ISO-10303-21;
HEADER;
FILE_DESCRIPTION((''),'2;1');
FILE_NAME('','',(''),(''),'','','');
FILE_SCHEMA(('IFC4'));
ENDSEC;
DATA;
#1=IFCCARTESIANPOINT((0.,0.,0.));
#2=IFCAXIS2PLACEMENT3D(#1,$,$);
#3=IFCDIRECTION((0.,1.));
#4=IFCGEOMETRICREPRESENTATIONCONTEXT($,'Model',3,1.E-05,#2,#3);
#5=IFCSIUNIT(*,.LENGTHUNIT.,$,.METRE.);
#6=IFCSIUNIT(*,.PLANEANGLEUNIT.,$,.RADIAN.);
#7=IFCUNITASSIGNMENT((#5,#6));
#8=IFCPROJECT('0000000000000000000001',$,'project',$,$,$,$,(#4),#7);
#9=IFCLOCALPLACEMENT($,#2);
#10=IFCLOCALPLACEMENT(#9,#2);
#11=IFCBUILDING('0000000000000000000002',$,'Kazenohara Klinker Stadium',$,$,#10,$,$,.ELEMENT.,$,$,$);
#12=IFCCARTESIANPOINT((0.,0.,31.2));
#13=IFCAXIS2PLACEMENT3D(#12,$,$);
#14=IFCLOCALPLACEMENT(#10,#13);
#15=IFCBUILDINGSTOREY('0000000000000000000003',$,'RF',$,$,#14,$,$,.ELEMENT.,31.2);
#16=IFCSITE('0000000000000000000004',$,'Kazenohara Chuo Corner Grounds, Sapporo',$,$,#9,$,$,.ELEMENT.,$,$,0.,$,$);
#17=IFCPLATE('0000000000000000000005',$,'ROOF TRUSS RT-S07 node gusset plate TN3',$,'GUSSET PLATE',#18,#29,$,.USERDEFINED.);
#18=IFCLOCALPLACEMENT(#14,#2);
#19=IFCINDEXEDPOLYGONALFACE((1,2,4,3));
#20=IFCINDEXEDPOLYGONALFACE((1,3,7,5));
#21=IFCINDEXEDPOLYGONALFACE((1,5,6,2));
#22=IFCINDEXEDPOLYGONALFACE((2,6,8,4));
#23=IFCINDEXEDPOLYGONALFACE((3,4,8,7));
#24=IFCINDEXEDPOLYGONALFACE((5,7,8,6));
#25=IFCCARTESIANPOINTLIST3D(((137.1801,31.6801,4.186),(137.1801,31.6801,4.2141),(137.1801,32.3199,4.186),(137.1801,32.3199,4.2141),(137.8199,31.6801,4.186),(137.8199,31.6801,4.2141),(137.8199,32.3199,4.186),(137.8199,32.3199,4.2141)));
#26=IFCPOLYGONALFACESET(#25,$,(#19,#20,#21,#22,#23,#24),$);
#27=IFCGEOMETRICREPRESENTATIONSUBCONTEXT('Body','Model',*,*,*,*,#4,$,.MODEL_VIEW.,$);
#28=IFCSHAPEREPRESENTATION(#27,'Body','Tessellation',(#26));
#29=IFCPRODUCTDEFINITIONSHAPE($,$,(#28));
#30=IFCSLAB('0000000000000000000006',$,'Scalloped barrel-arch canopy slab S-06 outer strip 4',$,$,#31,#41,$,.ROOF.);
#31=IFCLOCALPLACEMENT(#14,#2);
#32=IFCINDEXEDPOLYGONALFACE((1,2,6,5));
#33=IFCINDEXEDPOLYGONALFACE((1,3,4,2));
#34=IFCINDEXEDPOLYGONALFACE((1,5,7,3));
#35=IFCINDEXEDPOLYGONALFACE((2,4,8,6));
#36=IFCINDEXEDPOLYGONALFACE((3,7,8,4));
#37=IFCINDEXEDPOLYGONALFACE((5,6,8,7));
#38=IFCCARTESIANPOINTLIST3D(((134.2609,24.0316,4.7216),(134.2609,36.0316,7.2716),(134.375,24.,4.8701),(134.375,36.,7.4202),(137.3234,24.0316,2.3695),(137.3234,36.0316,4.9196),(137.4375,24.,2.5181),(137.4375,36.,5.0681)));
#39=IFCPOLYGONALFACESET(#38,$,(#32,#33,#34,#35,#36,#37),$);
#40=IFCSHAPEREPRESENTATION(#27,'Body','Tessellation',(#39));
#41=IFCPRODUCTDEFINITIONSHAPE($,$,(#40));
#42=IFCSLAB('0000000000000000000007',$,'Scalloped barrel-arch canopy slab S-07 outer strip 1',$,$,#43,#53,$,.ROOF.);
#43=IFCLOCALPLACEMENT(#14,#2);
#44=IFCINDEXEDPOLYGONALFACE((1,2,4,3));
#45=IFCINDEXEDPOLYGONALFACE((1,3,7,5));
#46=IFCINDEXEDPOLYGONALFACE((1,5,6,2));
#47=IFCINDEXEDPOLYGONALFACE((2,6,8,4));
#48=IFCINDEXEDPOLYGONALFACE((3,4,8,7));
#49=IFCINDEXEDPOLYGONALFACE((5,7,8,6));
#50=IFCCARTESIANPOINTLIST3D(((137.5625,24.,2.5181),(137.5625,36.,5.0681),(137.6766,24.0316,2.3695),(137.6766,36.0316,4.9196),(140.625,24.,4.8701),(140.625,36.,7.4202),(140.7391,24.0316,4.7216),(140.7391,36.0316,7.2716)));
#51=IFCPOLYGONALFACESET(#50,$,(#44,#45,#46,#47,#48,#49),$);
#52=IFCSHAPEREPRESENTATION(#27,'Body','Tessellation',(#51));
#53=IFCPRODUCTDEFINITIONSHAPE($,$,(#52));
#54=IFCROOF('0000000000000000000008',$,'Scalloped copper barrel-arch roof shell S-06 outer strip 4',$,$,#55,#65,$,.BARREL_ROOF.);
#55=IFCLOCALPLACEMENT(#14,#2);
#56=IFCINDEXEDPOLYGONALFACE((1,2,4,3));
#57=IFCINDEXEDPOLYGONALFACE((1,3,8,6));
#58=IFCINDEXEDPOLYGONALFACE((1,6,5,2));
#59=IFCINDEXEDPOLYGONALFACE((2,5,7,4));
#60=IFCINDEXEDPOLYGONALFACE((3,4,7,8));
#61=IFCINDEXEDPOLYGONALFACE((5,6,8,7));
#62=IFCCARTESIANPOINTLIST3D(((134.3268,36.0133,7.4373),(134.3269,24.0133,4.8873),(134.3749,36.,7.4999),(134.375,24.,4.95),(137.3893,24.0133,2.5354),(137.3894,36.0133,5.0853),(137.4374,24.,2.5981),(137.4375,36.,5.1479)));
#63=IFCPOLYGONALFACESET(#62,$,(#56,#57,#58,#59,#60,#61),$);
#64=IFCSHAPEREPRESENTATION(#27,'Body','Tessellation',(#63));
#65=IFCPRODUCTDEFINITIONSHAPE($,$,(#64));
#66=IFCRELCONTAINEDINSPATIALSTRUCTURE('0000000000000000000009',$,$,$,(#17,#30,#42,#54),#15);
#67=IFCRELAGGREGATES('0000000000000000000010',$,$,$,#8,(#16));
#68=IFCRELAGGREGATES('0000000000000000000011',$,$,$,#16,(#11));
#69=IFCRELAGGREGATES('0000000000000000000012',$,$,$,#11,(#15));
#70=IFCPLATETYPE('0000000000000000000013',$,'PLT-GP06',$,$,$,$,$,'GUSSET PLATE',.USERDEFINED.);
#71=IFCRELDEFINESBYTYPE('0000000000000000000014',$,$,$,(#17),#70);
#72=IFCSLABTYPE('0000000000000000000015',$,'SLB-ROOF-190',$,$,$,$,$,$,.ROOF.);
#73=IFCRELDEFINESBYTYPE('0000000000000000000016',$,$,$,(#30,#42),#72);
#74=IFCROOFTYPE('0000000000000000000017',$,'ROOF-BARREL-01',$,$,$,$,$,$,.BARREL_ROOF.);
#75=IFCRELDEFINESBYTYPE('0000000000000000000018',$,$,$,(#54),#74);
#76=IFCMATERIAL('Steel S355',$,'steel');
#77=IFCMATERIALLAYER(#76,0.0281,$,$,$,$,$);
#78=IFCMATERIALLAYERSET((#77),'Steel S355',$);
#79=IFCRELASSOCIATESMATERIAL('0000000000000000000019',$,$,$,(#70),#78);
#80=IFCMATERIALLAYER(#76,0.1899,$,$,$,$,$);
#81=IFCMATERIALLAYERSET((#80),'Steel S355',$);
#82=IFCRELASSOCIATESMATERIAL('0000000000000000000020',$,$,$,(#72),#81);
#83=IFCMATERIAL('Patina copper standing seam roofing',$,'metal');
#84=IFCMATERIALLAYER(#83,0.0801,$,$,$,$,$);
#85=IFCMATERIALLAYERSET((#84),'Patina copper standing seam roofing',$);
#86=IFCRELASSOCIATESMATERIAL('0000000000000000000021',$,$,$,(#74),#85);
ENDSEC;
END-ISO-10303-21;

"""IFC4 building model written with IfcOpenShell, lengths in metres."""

from ifc_helpers import new_model, si_unit, direction, frame, origin, origin_2d, place, context, subcontext, project, spatial, polyline, rectangle, outline, extrude, material, layer, layer_set, type_object, element, save


model = new_model("IFC4")

# Units and contexts
model_context = context("Model", 3, precision=1e-05, world=origin(), true_north=direction((0.0, 1.0)))
body_context = subcontext(model_context, "Body", "Model", "MODEL_VIEW")
ifc_project = project(units=[si_unit("LENGTHUNIT", "METRE"), si_unit("PLANEANGLEUNIT", "RADIAN")], contexts=[model_context])

# Site, building, storey
site_placement = place(None, origin())
site = spatial("IfcSite", under=ifc_project, at=site_placement, Name="Kazenohara Chuo Corner Grounds, Sapporo", CompositionType="ELEMENT", RefElevation=0.0)
building_placement = place(site_placement, origin())
building = spatial("IfcBuilding", under=site, at=building_placement, Name="Kazenohara Klinker Stadium", CompositionType="ELEMENT")
storey_placement = place(building_placement, frame((0.0, 0.0, 31.2)))
storey = spatial("IfcBuildingStorey", under=building, at=storey_placement, Name="RF", CompositionType="ELEMENT", Elevation=31.2)

# Shared definitions
ifc_material_1 = material(Name="Steel S355", Category="steel")

# Plate
ifc_layer_1 = layer(ifc_material_1, 0.0281)
ifc_layer_set_1 = layer_set([ifc_layer_1], Name="Steel S355")
plate_type_1 = type_object("IfcPlateType", Name="PLT-GP06", ElementType="GUSSET PLATE", PredefinedType="USERDEFINED", material=ifc_layer_set_1)
for number, where, z_axis, x_axis, name in (
    (1, (137.5, 32.0, 4.186), (0.0, 0.0, 1.0), (1.0, 0.0, 0.0), "ROOF TRUSS RT-S07 node gusset plate TN3"),
):
    element("IfcPlate", number, at=place(storey_placement, frame(where, z_axis=z_axis, x_axis=x_axis)), inside=storey, type_object=plate_type_1, Name=name, ObjectType="GUSSET PLATE", PredefinedType="USERDEFINED", context=body_context, shape_type="SweptSolid", body=[
        extrude(rectangle(XDim=0.6399, YDim=0.6399, at=origin_2d()), origin(), (0.0, 0.0, 1.0), 0.0281),
    ])

# Slabs
ifc_layer_2 = layer(ifc_material_1, 0.1899)
ifc_layer_set_2 = layer_set([ifc_layer_2], Name="Steel S355")
slab_type = type_object("IfcSlabType", Name="SLB-ROOF-190", PredefinedType="ROOF", material=ifc_layer_set_2)
slab_1_placement = place(storey_placement, frame((134.375, 24.0, 4.8701), z_axis=(0.600635, -0.166191, 0.78206), x_axis=(0.0, 0.978158, 0.207863)))
element("IfcSlab", 2, at=slab_1_placement, inside=storey, type_object=slab_type, Name="Scalloped barrel-arch canopy slab S-06 outer strip 4", PredefinedType="ROOF", context=body_context, shape_type="SweptSolid", body=[
    extrude(outline(polyline([(0.0, 0.0), (12.268, 0.0), (11.7791, -3.8304), (-0.4889, -3.8304), (0.0, 0.0)])), origin(), (0.0, 0.0, -1.0), 0.1899),
])
slab_2_placement = place(storey_placement, frame((137.5625, 24.0, 2.5181), z_axis=(-0.600635, -0.166191, 0.78206), x_axis=(0.0, 0.978158, 0.207863)))
element("IfcSlab", 3, at=slab_2_placement, inside=storey, type_object=slab_type, Name="Scalloped barrel-arch canopy slab S-07 outer strip 1", PredefinedType="ROOF", context=body_context, shape_type="SweptSolid", body=[
    extrude(outline(polyline([(0.0, 0.0), (12.268, 0.0), (12.7569, -3.8304), (0.4889, -3.8304), (0.0, 0.0)])), origin(), (0.0, 0.0, -1.0), 0.1899),
])

# Roof
ifc_material_2 = material(Name="Patina copper standing seam roofing", Category="metal")
ifc_layer_3 = layer(ifc_material_2, 0.0801)
ifc_layer_set_3 = layer_set([ifc_layer_3], Name="Patina copper standing seam roofing")
roof_type = type_object("IfcRoofType", Name="ROOF-BARREL-01", PredefinedType="BARREL_ROOF", material=ifc_layer_set_3)
roof_placement = place(storey_placement, frame((134.375, 24.0, 4.95), z_axis=(0.600616, -0.166186, 0.782076), x_axis=(-0.000005, 0.978159, 0.207856)))
element("IfcRoof", 4, at=roof_placement, inside=storey, type_object=roof_type, Name="Scalloped copper barrel-arch roof shell S-06 outer strip 4", PredefinedType="BARREL_ROOF", context=body_context, shape_type="SweptSolid", body=[
    extrude(outline(polyline([(0.0, 0.0), (12.268, 0.0), (11.7791, -3.8304), (-0.4889, -3.8303), (0.0, 0.0)])), origin(), (0.0, 0.0, -1.0), 0.0801),
])

save(model, "model.ifc")
